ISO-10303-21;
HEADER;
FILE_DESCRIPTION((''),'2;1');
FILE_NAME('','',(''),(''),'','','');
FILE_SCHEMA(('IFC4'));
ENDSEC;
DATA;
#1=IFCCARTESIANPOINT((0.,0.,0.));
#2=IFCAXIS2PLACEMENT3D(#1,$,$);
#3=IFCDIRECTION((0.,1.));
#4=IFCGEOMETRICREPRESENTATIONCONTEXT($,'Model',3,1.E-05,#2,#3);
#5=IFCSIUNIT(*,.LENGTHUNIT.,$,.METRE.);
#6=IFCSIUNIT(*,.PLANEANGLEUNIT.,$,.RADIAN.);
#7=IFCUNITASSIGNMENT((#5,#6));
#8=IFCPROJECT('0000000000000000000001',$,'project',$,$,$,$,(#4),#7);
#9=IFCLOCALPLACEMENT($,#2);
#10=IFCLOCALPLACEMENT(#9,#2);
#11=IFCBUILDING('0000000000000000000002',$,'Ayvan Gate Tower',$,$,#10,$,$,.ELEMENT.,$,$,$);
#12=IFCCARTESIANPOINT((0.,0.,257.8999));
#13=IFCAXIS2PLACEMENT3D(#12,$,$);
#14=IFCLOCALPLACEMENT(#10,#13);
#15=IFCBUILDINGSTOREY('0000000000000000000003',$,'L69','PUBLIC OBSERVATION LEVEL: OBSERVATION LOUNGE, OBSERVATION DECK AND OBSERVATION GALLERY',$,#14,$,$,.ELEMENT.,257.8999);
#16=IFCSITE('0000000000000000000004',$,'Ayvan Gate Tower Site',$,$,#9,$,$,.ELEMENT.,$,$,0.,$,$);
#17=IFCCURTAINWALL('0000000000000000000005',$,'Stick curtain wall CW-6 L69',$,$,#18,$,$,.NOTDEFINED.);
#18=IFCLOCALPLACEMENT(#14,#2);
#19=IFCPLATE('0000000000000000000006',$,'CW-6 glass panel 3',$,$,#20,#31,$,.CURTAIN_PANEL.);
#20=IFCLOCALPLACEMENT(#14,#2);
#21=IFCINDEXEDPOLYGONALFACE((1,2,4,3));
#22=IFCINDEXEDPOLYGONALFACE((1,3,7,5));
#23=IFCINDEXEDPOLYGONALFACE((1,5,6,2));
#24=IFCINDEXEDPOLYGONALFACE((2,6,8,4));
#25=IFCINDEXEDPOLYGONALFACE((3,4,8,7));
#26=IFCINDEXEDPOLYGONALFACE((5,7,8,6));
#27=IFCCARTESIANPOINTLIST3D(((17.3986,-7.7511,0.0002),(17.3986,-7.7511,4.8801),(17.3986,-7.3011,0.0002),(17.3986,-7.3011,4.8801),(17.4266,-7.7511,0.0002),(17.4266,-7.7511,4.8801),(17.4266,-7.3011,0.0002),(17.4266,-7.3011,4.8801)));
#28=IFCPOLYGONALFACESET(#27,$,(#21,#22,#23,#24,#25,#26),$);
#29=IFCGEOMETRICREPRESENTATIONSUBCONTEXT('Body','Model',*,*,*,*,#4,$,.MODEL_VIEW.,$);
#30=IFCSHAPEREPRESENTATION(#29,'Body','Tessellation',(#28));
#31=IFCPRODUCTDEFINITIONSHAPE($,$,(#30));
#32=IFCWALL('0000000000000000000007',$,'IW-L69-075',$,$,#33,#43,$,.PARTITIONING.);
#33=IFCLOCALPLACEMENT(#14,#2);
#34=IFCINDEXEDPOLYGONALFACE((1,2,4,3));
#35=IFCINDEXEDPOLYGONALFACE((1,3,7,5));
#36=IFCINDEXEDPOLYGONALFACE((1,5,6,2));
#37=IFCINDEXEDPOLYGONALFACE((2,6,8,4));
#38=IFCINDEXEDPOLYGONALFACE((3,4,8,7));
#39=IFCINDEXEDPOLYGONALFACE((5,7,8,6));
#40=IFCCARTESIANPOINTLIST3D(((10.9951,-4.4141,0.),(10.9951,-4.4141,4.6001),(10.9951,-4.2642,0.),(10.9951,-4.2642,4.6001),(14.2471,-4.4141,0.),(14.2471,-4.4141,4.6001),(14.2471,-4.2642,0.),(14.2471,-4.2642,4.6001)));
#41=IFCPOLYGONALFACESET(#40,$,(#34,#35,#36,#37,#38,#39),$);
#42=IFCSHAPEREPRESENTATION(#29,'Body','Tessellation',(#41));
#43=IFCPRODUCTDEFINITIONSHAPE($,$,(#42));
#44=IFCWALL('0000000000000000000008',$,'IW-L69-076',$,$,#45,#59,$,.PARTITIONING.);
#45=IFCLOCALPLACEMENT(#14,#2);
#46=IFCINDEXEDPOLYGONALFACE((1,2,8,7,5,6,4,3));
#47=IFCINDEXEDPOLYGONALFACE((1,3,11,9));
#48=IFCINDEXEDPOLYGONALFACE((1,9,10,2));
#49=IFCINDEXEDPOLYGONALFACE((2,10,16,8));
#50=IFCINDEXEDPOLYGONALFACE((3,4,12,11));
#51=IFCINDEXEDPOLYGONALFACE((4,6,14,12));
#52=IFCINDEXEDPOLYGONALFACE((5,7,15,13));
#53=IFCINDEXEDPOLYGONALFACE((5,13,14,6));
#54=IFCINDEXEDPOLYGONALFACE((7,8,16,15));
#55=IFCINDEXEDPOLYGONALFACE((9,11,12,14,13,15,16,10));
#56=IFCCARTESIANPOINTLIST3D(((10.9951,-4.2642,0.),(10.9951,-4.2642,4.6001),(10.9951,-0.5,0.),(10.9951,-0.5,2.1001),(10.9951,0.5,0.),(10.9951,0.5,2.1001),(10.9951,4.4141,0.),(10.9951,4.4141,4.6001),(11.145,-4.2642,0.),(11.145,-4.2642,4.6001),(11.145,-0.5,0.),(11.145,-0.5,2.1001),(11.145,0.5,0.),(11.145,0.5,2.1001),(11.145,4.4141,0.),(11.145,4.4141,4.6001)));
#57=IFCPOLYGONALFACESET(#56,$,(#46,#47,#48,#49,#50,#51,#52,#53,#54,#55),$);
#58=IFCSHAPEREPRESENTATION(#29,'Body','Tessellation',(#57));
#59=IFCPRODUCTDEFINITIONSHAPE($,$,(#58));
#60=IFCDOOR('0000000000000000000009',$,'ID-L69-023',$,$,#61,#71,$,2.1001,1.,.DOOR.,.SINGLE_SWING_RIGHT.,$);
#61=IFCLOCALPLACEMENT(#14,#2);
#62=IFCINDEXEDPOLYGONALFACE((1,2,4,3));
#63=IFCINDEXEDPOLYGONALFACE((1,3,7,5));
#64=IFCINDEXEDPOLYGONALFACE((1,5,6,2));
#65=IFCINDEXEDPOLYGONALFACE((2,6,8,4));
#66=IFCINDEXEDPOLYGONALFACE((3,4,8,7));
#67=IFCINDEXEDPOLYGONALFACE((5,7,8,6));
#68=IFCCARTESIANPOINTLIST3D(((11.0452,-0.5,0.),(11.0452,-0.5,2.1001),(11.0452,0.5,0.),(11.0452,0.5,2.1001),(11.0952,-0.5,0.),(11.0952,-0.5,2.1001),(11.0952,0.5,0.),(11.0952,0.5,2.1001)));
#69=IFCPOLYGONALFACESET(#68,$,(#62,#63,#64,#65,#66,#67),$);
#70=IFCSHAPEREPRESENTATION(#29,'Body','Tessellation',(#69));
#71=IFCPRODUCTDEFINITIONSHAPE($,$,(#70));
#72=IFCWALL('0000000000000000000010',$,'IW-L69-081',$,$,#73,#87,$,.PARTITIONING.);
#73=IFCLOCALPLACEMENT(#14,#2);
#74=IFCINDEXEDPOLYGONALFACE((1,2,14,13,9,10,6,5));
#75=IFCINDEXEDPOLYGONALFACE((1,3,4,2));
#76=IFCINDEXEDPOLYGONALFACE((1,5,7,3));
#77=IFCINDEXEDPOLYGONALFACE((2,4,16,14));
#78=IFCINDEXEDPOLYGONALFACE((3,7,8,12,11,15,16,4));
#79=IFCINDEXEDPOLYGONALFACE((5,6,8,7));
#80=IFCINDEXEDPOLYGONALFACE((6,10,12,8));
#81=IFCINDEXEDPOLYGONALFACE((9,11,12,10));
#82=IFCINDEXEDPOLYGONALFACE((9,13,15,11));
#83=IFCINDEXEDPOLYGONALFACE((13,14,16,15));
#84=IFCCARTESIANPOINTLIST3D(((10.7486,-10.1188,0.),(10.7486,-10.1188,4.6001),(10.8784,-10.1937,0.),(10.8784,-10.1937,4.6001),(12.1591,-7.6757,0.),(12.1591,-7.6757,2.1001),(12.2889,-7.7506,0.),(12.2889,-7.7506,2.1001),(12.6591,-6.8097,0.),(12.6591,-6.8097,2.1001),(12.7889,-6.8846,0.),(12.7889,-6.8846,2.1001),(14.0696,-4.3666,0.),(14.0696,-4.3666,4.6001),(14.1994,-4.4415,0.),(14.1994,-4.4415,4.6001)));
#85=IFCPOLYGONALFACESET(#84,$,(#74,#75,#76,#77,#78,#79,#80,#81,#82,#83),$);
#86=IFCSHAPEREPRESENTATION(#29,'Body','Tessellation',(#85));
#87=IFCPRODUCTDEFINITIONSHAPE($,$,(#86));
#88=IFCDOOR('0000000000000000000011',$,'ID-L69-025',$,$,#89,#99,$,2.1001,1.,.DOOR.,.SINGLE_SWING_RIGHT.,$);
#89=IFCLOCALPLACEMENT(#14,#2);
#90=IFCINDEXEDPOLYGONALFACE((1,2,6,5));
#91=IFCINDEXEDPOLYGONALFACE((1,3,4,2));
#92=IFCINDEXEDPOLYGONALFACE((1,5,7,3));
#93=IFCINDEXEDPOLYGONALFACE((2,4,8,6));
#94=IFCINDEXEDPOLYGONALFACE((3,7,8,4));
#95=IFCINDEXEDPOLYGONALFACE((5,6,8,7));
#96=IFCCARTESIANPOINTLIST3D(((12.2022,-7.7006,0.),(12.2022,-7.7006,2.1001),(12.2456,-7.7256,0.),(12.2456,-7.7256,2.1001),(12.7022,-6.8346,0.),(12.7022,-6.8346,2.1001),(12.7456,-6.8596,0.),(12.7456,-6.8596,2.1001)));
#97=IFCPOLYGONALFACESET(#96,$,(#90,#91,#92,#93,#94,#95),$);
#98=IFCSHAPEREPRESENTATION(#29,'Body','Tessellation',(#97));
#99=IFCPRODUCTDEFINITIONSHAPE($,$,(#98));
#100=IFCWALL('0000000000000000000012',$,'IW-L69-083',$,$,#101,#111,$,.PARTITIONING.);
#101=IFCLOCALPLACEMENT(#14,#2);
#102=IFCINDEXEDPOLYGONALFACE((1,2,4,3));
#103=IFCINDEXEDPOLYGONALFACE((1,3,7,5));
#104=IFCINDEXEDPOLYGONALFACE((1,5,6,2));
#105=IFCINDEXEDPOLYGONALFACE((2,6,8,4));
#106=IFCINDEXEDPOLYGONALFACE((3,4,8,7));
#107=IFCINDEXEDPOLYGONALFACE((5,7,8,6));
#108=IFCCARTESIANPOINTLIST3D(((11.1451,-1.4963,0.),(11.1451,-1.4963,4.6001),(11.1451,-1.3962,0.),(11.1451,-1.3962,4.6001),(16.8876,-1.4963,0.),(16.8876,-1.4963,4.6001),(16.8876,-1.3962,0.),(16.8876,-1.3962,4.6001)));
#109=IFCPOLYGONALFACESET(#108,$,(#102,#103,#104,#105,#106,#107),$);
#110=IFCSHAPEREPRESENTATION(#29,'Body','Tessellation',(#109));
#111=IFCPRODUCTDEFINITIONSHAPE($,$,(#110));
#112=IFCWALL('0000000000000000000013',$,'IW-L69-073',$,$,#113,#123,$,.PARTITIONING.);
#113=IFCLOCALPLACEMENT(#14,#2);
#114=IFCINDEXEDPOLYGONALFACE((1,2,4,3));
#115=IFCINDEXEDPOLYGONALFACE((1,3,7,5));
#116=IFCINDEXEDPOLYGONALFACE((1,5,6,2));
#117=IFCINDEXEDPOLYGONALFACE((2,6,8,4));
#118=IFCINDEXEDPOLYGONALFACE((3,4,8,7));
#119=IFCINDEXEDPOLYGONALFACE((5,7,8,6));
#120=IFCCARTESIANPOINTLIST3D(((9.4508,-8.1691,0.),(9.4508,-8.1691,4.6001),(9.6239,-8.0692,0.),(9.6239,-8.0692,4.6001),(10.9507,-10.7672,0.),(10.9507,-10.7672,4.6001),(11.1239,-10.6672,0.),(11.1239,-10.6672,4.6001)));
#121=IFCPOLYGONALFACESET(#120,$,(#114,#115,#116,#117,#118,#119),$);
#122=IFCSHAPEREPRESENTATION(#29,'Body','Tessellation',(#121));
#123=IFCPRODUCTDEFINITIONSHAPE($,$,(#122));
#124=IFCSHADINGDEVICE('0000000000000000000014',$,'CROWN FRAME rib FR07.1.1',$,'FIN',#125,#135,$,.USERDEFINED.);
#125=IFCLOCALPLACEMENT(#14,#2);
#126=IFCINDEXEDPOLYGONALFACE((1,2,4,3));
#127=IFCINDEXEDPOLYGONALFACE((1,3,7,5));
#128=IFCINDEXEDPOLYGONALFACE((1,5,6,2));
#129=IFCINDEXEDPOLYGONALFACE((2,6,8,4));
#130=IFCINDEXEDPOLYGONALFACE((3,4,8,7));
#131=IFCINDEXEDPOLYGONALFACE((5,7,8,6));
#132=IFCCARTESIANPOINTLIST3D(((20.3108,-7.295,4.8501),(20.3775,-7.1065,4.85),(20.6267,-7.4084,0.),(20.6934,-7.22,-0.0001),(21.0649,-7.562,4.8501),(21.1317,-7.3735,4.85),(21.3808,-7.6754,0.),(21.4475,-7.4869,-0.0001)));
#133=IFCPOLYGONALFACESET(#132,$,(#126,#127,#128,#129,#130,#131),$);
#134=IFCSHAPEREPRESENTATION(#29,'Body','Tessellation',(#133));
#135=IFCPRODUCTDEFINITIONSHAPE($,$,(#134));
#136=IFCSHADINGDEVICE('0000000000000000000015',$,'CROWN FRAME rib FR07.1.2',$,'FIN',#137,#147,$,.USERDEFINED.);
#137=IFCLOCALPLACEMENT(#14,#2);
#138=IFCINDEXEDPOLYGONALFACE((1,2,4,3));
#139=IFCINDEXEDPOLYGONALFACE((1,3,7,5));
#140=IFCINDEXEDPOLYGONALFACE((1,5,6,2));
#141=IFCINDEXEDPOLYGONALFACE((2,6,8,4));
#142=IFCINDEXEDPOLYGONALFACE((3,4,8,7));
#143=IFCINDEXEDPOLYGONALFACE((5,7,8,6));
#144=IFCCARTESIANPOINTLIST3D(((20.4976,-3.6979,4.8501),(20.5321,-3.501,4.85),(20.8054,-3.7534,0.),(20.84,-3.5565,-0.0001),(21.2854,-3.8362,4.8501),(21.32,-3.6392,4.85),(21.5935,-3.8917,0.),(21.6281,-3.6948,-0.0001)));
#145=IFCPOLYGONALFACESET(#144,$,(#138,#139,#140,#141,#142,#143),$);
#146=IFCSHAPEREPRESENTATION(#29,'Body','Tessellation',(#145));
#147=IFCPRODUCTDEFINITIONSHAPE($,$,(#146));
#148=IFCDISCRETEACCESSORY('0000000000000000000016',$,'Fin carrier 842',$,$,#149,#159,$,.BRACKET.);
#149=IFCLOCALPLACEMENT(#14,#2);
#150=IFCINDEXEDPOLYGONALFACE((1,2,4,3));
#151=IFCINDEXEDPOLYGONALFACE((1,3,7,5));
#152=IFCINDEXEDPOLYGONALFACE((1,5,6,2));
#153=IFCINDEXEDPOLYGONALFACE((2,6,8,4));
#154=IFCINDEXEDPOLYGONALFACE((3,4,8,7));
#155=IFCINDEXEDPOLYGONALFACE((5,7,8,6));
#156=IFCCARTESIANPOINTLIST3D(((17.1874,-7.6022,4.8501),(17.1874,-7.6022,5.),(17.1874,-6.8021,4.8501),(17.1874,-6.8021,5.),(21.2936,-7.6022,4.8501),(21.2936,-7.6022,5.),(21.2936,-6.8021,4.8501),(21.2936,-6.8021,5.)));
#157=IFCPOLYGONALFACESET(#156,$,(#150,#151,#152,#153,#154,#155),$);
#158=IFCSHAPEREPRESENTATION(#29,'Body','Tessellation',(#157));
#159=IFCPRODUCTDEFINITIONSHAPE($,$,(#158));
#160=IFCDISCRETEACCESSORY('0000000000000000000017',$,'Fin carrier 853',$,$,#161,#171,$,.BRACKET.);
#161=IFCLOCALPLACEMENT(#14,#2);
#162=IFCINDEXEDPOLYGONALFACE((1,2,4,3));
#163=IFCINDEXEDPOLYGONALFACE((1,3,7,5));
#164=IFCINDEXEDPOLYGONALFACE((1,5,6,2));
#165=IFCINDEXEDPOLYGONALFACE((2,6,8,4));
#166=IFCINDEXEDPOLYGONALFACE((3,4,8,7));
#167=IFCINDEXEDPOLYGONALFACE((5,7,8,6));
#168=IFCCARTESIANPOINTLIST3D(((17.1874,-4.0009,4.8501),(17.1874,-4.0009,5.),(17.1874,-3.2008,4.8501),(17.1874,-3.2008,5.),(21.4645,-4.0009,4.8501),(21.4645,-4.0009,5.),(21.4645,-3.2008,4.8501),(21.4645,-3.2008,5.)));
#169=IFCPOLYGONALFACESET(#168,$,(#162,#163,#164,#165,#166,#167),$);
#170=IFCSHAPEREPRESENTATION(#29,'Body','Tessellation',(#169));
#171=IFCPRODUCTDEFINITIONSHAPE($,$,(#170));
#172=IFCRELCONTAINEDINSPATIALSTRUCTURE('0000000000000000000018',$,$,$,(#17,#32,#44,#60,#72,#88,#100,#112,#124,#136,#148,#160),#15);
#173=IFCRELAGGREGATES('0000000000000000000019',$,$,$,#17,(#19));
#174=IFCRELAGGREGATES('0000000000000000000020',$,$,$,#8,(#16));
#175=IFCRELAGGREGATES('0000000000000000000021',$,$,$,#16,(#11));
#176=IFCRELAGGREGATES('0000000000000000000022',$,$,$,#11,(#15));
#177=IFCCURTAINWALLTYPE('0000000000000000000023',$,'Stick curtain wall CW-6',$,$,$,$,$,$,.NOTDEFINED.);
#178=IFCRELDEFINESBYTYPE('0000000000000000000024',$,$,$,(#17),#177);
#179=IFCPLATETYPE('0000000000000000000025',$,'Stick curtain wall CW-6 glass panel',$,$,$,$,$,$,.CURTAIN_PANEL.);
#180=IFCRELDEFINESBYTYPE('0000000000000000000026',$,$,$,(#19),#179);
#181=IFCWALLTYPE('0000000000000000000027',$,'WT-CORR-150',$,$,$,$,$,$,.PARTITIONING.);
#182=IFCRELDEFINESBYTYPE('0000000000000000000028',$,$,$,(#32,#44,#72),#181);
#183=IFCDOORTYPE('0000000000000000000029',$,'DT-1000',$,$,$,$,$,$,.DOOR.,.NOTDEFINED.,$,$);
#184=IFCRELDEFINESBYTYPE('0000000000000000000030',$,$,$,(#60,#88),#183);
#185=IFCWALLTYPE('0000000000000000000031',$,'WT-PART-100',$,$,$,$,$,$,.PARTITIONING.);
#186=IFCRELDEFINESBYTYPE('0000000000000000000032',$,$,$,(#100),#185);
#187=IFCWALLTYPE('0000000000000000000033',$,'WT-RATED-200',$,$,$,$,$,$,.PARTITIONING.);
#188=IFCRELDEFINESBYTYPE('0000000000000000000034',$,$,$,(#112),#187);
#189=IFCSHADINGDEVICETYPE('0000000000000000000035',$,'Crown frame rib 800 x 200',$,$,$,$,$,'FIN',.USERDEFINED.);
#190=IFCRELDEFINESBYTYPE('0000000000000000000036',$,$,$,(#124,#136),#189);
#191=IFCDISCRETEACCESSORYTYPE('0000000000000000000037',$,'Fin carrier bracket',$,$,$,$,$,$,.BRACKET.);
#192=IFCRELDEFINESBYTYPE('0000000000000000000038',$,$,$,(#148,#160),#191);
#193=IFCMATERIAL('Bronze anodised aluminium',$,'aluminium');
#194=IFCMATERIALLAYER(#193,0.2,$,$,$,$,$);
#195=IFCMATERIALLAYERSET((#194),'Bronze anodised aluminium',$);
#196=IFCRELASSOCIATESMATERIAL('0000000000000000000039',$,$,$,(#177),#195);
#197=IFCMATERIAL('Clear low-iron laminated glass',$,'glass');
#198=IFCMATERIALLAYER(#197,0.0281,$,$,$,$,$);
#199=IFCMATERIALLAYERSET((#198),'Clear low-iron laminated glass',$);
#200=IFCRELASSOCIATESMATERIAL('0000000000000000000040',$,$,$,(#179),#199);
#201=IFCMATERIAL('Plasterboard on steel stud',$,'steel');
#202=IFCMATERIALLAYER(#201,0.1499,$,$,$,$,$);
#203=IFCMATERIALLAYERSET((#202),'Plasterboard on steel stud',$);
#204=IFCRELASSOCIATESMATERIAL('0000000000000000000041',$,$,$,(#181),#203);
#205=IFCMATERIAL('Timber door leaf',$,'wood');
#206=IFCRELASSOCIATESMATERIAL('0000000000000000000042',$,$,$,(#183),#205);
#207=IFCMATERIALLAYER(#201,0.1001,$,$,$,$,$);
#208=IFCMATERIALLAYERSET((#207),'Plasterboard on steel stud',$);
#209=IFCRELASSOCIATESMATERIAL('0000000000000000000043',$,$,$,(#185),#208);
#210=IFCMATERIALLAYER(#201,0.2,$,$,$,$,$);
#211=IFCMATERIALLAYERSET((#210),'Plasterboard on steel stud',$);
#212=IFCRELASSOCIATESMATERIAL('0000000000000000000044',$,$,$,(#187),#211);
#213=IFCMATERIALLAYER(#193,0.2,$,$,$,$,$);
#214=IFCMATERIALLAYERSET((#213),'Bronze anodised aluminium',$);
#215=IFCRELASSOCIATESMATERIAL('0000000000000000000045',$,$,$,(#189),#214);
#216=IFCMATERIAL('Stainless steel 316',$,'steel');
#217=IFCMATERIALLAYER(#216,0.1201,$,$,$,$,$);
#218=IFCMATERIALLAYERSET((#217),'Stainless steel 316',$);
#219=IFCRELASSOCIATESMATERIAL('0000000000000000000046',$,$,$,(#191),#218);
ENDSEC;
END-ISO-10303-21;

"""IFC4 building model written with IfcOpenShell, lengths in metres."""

from ifc_helpers import new_model, si_unit, direction, frame, frame_2d, origin, origin_2d, place, context, subcontext, project, spatial, polyline, rectangle, outline, extrude, material, layer, layer_set, type_object, element, fill, aggregate, save


model = new_model("IFC4")

# Units and contexts
model_context = context("Model", 3, precision=1e-05, world=origin(), true_north=direction((0.0, 1.0)))
body_context = subcontext(model_context, "Body", "Model", "MODEL_VIEW")
ifc_project = project(units=[si_unit("LENGTHUNIT", "METRE"), si_unit("PLANEANGLEUNIT", "RADIAN")], contexts=[model_context])

# Site, building, storey
site_placement = place(None, origin())
site = spatial("IfcSite", under=ifc_project, at=site_placement, Name="Ayvan Gate Tower Site", CompositionType="ELEMENT", RefElevation=0.0)
building_placement = place(site_placement, origin())
building = spatial("IfcBuilding", under=site, at=building_placement, Name="Ayvan Gate Tower", CompositionType="ELEMENT")
storey_placement = place(building_placement, frame((0.0, 0.0, 257.8999)))
storey = spatial("IfcBuildingStorey", under=building, at=storey_placement, Name="L69", Description="PUBLIC OBSERVATION LEVEL: OBSERVATION LOUNGE, OBSERVATION DECK AND OBSERVATION GALLERY", CompositionType="ELEMENT", Elevation=257.8999)

# Shared definitions
ifc_material_1 = material(Name="Bronze anodised aluminium", Category="aluminium")

# Curtain wall
ifc_layer_1 = layer(ifc_material_1, 0.2)
ifc_layer_set_1 = layer_set([ifc_layer_1], Name="Bronze anodised aluminium")
curtain_wall_type_1 = type_object("IfcCurtainWallType", Name="Stick curtain wall CW-6", PredefinedType="NOTDEFINED", material=ifc_layer_set_1)
curtain_wall_1_placement = place(storey_placement, origin())
curtain_wall_1 = element("IfcCurtainWall", 1, at=curtain_wall_1_placement, inside=storey, type_object=curtain_wall_type_1, Name="Stick curtain wall CW-6 L69", PredefinedType="NOTDEFINED")

# Plate
ifc_material_2 = material(Name="Clear low-iron laminated glass", Category="glass")
ifc_layer_2 = layer(ifc_material_2, 0.0281)
ifc_layer_set_2 = layer_set([ifc_layer_2], Name="Clear low-iron laminated glass")
plate_type_1 = type_object("IfcPlateType", Name="Stick curtain wall CW-6 glass panel", PredefinedType="CURTAIN_PANEL", material=ifc_layer_set_2)
plate_1_placement = place(storey_placement, frame((17.4126, -7.5261, 0.0002), z_axis=(0.0, 0.0, 1.0), x_axis=(0.0, 1.0, 0.0)))
plate_1 = element("IfcPlate", 2, at=plate_1_placement, type_object=plate_type_1, Name="CW-6 glass panel 3", PredefinedType="CURTAIN_PANEL", context=body_context, shape_type="SweptSolid", body=[
    extrude(rectangle(XDim=0.45, YDim=0.0281, at=origin_2d()), origin(), (0.0, 0.0, 1.0), 4.8799),
])
aggregate(curtain_wall_1, [plate_1])

# Wall
ifc_material_3 = material(Name="Plasterboard on steel stud", Category="steel")
ifc_layer_3 = layer(ifc_material_3, 0.1499)
ifc_layer_set_3 = layer_set([ifc_layer_3], Name="Plasterboard on steel stud")
wall_type_1 = type_object("IfcWallType", Name="WT-CORR-150", PredefinedType="PARTITIONING", material=ifc_layer_set_3)
wall_1_placement = place(storey_placement, frame((10.9951, -4.3391, 0.0), z_axis=(0.0, 0.0, 1.0), x_axis=(1.0, 0.0, 0.0)))
element("IfcWall", 3, at=wall_1_placement, inside=storey, type_object=wall_type_1, Name="IW-L69-075", PredefinedType="PARTITIONING", context=body_context, shape_type="SweptSolid", body=[
    extrude(rectangle(XDim=3.252, YDim=0.1499, at=frame_2d((1.626, 0.0))), origin(), (0.0, 0.0, 1.0), 4.6001),
])

# Walls, openings, doors
wall_2_placement = place(storey_placement, frame((11.0701, -4.2642, 0.0), z_axis=(0.0, 0.0, 1.0), x_axis=(0.0, 1.0, 0.0)))
wall_2 = element("IfcWall", 4, at=wall_2_placement, inside=storey, type_object=wall_type_1, Name="IW-L69-076", PredefinedType="PARTITIONING", context=body_context, shape_type="SweptSolid", body=[
    extrude(rectangle(XDim=8.6782, YDim=0.1499, at=frame_2d((4.3391, 0.0))), origin(), (0.0, 0.0, 1.0), 4.6001),
])
opening_1_placement = place(wall_2_placement, frame((3.7642, 0.0, 0.0)))
opening_1 = element("IfcOpeningElement", 5, at=opening_1_placement, cuts=wall_2, PredefinedType="OPENING", context=body_context, shape_type="SweptSolid", body=[
    extrude(rectangle(XDim=1.0, YDim=2.1001, at=frame_2d((0.5, 1.05))), frame((0.0, 0.085, 0.0), z_axis=(0.0, -1.0, 0.0), x_axis=(1.0, 0.0, 0.0)), (0.0, 0.0, 1.0), 0.1699),
])
ifc_material_4 = material(Name="Timber door leaf", Category="wood")
door_type = type_object("IfcDoorType", Name="DT-1000", OperationType="NOTDEFINED", PredefinedType="DOOR", material=ifc_material_4)
door_1_placement = place(opening_1_placement, origin())
door_1 = element("IfcDoor", 6, at=door_1_placement, inside=storey, type_object=door_type, Name="ID-L69-023", OperationType="SINGLE_SWING_RIGHT", OverallHeight=2.1001, OverallWidth=1.0, PredefinedType="DOOR", context=body_context, shape_type="SweptSolid", body=[
    extrude(rectangle(XDim=1.0, YDim=2.1001, at=frame_2d((0.5, 1.05))), frame((0.0, 0.0249, 0.0), z_axis=(0.0, -1.0, 0.0), x_axis=(1.0, 0.0, 0.0)), (0.0, 0.0, 1.0), 0.05),
])
fill(opening_1, door_1)
wall_3_placement = place(storey_placement, frame((14.1345, -4.4041, 0.0), z_axis=(0.0, 0.0, 1.0), x_axis=(-0.500001, -0.866025, 0.0)))
wall_3 = element("IfcWall", 7, at=wall_3_placement, inside=storey, type_object=wall_type_1, Name="IW-L69-081", PredefinedType="PARTITIONING", context=body_context, shape_type="SweptSolid", body=[
    extrude(rectangle(XDim=6.6421, YDim=0.1499, at=frame_2d((3.321, 0.0))), origin(), (0.0, 0.0, 1.0), 4.6001),
])
opening_2_placement = place(wall_3_placement, frame((2.821, 0.0, 0.0)))
opening_2 = element("IfcOpeningElement", 8, at=opening_2_placement, cuts=wall_3, PredefinedType="OPENING", context=body_context, shape_type="SweptSolid", body=[
    extrude(rectangle(XDim=1.0, YDim=2.1001, at=frame_2d((0.5, 1.05))), frame((0.0, 0.085, 0.0), z_axis=(0.0, -1.0, 0.0), x_axis=(1.0, 0.0, 0.0)), (0.0, 0.0, 1.0), 0.1699),
])
door_2_placement = place(opening_2_placement, origin())
door_2 = element("IfcDoor", 9, at=door_2_placement, inside=storey, type_object=door_type, Name="ID-L69-025", OperationType="SINGLE_SWING_RIGHT", OverallHeight=2.1001, OverallWidth=1.0, PredefinedType="DOOR", context=body_context, shape_type="SweptSolid", body=[
    extrude(rectangle(XDim=1.0, YDim=2.1001, at=frame_2d((0.5, 1.05))), frame((0.0, 0.0249, 0.0), z_axis=(0.0, -1.0, 0.0), x_axis=(1.0, 0.0, 0.0)), (0.0, 0.0, 1.0), 0.05),
])
fill(opening_2, door_2)

# Walls
ifc_layer_4 = layer(ifc_material_3, 0.1001)
ifc_layer_set_4 = layer_set([ifc_layer_4], Name="Plasterboard on steel stud")
wall_type_2 = type_object("IfcWallType", Name="WT-PART-100", PredefinedType="PARTITIONING", material=ifc_layer_set_4)
wall_4_placement = place(storey_placement, frame((16.8875, -1.4463, 0.0), z_axis=(0.0, 0.0, 1.0), x_axis=(-1.0, 0.0, 0.0)))
element("IfcWall", 10, at=wall_4_placement, inside=storey, type_object=wall_type_2, Name="IW-L69-083", PredefinedType="PARTITIONING", context=body_context, shape_type="SweptSolid", body=[
    extrude(rectangle(XDim=5.7424, YDim=0.1001, at=frame_2d((2.8711, 0.0))), origin(), (0.0, 0.0, 1.0), 4.6001),
])
ifc_layer_5 = layer(ifc_material_3, 0.2)
ifc_layer_set_5 = layer_set([ifc_layer_5], Name="Plasterboard on steel stud")
wall_type_3 = type_object("IfcWallType", Name="WT-RATED-200", PredefinedType="PARTITIONING", material=ifc_layer_set_5)
wall_5_placement = place(storey_placement, frame((9.5374, -8.1191, 0.0), z_axis=(0.0, 0.0, 1.0), x_axis=(0.49999, -0.866031, 0.0)))
element("IfcWall", 11, at=wall_5_placement, inside=storey, type_object=wall_type_3, Name="IW-L69-073", PredefinedType="PARTITIONING", context=body_context, shape_type="SweptSolid", body=[
    extrude(rectangle(XDim=3.0, YDim=0.2, at=frame_2d((1.5, 0.0))), origin(), (0.0, 0.0, 1.0), 4.6001),
])

# Shading devices
ifc_layer_6 = layer(ifc_material_1, 0.2)
ifc_layer_set_6 = layer_set([ifc_layer_6], Name="Bronze anodised aluminium")
shading_device_type = type_object("IfcShadingDeviceType", Name="Crown frame rib 800 x 200", ElementType="FIN", PredefinedType="USERDEFINED", material=ifc_layer_set_6)
shading_device_1_placement = place(storey_placement, frame((20.6267, -7.4084, 0.0), z_axis=(-0.333706, -0.942677, 0.000305), x_axis=(0.942677, -0.333706, 0.0)))
element("IfcShadingDevice", 12, at=shading_device_1_placement, inside=storey, type_object=shading_device_type, Name="CROWN FRAME rib FR07.1.1", ObjectType="FIN", PredefinedType="USERDEFINED", context=body_context, shape_type="SweptSolid", body=[
    extrude(outline(polyline([(0.0, 0.0), (0.8, 0.0), (0.4644, 4.8501), (-0.3357, 4.8501), (0.0, 0.0)])), origin(), (0.0, 0.0, -1.0), 0.2),
])
shading_device_2_placement = place(storey_placement, frame((20.8054, -3.7534, 0.0), z_axis=(-0.17288, -0.984943, 0.000301), x_axis=(0.984943, -0.17288, 0.0)))
element("IfcShadingDevice", 13, at=shading_device_2_placement, inside=storey, type_object=shading_device_type, Name="CROWN FRAME rib FR07.1.2", ObjectType="FIN", PredefinedType="USERDEFINED", context=body_context, shape_type="SweptSolid", body=[
    extrude(outline(polyline([(0.0, 0.0), (0.8002, 0.0), (0.4871, 4.8501), (-0.3128, 4.8501), (0.0, 0.0)])), origin(), (0.0, 0.0, -1.0), 0.2),
])

# Discrete accessories
ifc_material_5 = material(Name="Stainless steel 316", Category="steel")
ifc_layer_7 = layer(ifc_material_5, 0.1201)
ifc_layer_set_7 = layer_set([ifc_layer_7], Name="Stainless steel 316")
discrete_accessory_type = type_object("IfcDiscreteAccessoryType", Name="Fin carrier bracket", PredefinedType="BRACKET", material=ifc_layer_set_7)
discrete_accessory_1_placement = place(storey_placement, frame((19.2405, -7.2021, 4.8501), z_axis=(0.0, 0.0, 1.0), x_axis=(0.0, 1.0, 0.0)))
element("IfcDiscreteAccessory", 14, at=discrete_accessory_1_placement, inside=storey, type_object=discrete_accessory_type, Name="Fin carrier 842", PredefinedType="BRACKET", context=body_context, shape_type="SweptSolid", body=[
    extrude(rectangle(XDim=0.8, YDim=4.1062, at=origin_2d()), origin(), (0.0, 0.0, 1.0), 0.1499),
])
discrete_accessory_2_placement = place(storey_placement, frame((19.3259, -3.6008, 4.8501), z_axis=(0.0, 0.0, 1.0), x_axis=(0.0, 1.0, 0.0)))
element("IfcDiscreteAccessory", 15, at=discrete_accessory_2_placement, inside=storey, type_object=discrete_accessory_type, Name="Fin carrier 853", PredefinedType="BRACKET", context=body_context, shape_type="SweptSolid", body=[
    extrude(rectangle(XDim=0.8, YDim=4.2771, at=origin_2d()), origin(), (0.0, 0.0, 1.0), 0.1499),
])

save(model, "model.ifc")
